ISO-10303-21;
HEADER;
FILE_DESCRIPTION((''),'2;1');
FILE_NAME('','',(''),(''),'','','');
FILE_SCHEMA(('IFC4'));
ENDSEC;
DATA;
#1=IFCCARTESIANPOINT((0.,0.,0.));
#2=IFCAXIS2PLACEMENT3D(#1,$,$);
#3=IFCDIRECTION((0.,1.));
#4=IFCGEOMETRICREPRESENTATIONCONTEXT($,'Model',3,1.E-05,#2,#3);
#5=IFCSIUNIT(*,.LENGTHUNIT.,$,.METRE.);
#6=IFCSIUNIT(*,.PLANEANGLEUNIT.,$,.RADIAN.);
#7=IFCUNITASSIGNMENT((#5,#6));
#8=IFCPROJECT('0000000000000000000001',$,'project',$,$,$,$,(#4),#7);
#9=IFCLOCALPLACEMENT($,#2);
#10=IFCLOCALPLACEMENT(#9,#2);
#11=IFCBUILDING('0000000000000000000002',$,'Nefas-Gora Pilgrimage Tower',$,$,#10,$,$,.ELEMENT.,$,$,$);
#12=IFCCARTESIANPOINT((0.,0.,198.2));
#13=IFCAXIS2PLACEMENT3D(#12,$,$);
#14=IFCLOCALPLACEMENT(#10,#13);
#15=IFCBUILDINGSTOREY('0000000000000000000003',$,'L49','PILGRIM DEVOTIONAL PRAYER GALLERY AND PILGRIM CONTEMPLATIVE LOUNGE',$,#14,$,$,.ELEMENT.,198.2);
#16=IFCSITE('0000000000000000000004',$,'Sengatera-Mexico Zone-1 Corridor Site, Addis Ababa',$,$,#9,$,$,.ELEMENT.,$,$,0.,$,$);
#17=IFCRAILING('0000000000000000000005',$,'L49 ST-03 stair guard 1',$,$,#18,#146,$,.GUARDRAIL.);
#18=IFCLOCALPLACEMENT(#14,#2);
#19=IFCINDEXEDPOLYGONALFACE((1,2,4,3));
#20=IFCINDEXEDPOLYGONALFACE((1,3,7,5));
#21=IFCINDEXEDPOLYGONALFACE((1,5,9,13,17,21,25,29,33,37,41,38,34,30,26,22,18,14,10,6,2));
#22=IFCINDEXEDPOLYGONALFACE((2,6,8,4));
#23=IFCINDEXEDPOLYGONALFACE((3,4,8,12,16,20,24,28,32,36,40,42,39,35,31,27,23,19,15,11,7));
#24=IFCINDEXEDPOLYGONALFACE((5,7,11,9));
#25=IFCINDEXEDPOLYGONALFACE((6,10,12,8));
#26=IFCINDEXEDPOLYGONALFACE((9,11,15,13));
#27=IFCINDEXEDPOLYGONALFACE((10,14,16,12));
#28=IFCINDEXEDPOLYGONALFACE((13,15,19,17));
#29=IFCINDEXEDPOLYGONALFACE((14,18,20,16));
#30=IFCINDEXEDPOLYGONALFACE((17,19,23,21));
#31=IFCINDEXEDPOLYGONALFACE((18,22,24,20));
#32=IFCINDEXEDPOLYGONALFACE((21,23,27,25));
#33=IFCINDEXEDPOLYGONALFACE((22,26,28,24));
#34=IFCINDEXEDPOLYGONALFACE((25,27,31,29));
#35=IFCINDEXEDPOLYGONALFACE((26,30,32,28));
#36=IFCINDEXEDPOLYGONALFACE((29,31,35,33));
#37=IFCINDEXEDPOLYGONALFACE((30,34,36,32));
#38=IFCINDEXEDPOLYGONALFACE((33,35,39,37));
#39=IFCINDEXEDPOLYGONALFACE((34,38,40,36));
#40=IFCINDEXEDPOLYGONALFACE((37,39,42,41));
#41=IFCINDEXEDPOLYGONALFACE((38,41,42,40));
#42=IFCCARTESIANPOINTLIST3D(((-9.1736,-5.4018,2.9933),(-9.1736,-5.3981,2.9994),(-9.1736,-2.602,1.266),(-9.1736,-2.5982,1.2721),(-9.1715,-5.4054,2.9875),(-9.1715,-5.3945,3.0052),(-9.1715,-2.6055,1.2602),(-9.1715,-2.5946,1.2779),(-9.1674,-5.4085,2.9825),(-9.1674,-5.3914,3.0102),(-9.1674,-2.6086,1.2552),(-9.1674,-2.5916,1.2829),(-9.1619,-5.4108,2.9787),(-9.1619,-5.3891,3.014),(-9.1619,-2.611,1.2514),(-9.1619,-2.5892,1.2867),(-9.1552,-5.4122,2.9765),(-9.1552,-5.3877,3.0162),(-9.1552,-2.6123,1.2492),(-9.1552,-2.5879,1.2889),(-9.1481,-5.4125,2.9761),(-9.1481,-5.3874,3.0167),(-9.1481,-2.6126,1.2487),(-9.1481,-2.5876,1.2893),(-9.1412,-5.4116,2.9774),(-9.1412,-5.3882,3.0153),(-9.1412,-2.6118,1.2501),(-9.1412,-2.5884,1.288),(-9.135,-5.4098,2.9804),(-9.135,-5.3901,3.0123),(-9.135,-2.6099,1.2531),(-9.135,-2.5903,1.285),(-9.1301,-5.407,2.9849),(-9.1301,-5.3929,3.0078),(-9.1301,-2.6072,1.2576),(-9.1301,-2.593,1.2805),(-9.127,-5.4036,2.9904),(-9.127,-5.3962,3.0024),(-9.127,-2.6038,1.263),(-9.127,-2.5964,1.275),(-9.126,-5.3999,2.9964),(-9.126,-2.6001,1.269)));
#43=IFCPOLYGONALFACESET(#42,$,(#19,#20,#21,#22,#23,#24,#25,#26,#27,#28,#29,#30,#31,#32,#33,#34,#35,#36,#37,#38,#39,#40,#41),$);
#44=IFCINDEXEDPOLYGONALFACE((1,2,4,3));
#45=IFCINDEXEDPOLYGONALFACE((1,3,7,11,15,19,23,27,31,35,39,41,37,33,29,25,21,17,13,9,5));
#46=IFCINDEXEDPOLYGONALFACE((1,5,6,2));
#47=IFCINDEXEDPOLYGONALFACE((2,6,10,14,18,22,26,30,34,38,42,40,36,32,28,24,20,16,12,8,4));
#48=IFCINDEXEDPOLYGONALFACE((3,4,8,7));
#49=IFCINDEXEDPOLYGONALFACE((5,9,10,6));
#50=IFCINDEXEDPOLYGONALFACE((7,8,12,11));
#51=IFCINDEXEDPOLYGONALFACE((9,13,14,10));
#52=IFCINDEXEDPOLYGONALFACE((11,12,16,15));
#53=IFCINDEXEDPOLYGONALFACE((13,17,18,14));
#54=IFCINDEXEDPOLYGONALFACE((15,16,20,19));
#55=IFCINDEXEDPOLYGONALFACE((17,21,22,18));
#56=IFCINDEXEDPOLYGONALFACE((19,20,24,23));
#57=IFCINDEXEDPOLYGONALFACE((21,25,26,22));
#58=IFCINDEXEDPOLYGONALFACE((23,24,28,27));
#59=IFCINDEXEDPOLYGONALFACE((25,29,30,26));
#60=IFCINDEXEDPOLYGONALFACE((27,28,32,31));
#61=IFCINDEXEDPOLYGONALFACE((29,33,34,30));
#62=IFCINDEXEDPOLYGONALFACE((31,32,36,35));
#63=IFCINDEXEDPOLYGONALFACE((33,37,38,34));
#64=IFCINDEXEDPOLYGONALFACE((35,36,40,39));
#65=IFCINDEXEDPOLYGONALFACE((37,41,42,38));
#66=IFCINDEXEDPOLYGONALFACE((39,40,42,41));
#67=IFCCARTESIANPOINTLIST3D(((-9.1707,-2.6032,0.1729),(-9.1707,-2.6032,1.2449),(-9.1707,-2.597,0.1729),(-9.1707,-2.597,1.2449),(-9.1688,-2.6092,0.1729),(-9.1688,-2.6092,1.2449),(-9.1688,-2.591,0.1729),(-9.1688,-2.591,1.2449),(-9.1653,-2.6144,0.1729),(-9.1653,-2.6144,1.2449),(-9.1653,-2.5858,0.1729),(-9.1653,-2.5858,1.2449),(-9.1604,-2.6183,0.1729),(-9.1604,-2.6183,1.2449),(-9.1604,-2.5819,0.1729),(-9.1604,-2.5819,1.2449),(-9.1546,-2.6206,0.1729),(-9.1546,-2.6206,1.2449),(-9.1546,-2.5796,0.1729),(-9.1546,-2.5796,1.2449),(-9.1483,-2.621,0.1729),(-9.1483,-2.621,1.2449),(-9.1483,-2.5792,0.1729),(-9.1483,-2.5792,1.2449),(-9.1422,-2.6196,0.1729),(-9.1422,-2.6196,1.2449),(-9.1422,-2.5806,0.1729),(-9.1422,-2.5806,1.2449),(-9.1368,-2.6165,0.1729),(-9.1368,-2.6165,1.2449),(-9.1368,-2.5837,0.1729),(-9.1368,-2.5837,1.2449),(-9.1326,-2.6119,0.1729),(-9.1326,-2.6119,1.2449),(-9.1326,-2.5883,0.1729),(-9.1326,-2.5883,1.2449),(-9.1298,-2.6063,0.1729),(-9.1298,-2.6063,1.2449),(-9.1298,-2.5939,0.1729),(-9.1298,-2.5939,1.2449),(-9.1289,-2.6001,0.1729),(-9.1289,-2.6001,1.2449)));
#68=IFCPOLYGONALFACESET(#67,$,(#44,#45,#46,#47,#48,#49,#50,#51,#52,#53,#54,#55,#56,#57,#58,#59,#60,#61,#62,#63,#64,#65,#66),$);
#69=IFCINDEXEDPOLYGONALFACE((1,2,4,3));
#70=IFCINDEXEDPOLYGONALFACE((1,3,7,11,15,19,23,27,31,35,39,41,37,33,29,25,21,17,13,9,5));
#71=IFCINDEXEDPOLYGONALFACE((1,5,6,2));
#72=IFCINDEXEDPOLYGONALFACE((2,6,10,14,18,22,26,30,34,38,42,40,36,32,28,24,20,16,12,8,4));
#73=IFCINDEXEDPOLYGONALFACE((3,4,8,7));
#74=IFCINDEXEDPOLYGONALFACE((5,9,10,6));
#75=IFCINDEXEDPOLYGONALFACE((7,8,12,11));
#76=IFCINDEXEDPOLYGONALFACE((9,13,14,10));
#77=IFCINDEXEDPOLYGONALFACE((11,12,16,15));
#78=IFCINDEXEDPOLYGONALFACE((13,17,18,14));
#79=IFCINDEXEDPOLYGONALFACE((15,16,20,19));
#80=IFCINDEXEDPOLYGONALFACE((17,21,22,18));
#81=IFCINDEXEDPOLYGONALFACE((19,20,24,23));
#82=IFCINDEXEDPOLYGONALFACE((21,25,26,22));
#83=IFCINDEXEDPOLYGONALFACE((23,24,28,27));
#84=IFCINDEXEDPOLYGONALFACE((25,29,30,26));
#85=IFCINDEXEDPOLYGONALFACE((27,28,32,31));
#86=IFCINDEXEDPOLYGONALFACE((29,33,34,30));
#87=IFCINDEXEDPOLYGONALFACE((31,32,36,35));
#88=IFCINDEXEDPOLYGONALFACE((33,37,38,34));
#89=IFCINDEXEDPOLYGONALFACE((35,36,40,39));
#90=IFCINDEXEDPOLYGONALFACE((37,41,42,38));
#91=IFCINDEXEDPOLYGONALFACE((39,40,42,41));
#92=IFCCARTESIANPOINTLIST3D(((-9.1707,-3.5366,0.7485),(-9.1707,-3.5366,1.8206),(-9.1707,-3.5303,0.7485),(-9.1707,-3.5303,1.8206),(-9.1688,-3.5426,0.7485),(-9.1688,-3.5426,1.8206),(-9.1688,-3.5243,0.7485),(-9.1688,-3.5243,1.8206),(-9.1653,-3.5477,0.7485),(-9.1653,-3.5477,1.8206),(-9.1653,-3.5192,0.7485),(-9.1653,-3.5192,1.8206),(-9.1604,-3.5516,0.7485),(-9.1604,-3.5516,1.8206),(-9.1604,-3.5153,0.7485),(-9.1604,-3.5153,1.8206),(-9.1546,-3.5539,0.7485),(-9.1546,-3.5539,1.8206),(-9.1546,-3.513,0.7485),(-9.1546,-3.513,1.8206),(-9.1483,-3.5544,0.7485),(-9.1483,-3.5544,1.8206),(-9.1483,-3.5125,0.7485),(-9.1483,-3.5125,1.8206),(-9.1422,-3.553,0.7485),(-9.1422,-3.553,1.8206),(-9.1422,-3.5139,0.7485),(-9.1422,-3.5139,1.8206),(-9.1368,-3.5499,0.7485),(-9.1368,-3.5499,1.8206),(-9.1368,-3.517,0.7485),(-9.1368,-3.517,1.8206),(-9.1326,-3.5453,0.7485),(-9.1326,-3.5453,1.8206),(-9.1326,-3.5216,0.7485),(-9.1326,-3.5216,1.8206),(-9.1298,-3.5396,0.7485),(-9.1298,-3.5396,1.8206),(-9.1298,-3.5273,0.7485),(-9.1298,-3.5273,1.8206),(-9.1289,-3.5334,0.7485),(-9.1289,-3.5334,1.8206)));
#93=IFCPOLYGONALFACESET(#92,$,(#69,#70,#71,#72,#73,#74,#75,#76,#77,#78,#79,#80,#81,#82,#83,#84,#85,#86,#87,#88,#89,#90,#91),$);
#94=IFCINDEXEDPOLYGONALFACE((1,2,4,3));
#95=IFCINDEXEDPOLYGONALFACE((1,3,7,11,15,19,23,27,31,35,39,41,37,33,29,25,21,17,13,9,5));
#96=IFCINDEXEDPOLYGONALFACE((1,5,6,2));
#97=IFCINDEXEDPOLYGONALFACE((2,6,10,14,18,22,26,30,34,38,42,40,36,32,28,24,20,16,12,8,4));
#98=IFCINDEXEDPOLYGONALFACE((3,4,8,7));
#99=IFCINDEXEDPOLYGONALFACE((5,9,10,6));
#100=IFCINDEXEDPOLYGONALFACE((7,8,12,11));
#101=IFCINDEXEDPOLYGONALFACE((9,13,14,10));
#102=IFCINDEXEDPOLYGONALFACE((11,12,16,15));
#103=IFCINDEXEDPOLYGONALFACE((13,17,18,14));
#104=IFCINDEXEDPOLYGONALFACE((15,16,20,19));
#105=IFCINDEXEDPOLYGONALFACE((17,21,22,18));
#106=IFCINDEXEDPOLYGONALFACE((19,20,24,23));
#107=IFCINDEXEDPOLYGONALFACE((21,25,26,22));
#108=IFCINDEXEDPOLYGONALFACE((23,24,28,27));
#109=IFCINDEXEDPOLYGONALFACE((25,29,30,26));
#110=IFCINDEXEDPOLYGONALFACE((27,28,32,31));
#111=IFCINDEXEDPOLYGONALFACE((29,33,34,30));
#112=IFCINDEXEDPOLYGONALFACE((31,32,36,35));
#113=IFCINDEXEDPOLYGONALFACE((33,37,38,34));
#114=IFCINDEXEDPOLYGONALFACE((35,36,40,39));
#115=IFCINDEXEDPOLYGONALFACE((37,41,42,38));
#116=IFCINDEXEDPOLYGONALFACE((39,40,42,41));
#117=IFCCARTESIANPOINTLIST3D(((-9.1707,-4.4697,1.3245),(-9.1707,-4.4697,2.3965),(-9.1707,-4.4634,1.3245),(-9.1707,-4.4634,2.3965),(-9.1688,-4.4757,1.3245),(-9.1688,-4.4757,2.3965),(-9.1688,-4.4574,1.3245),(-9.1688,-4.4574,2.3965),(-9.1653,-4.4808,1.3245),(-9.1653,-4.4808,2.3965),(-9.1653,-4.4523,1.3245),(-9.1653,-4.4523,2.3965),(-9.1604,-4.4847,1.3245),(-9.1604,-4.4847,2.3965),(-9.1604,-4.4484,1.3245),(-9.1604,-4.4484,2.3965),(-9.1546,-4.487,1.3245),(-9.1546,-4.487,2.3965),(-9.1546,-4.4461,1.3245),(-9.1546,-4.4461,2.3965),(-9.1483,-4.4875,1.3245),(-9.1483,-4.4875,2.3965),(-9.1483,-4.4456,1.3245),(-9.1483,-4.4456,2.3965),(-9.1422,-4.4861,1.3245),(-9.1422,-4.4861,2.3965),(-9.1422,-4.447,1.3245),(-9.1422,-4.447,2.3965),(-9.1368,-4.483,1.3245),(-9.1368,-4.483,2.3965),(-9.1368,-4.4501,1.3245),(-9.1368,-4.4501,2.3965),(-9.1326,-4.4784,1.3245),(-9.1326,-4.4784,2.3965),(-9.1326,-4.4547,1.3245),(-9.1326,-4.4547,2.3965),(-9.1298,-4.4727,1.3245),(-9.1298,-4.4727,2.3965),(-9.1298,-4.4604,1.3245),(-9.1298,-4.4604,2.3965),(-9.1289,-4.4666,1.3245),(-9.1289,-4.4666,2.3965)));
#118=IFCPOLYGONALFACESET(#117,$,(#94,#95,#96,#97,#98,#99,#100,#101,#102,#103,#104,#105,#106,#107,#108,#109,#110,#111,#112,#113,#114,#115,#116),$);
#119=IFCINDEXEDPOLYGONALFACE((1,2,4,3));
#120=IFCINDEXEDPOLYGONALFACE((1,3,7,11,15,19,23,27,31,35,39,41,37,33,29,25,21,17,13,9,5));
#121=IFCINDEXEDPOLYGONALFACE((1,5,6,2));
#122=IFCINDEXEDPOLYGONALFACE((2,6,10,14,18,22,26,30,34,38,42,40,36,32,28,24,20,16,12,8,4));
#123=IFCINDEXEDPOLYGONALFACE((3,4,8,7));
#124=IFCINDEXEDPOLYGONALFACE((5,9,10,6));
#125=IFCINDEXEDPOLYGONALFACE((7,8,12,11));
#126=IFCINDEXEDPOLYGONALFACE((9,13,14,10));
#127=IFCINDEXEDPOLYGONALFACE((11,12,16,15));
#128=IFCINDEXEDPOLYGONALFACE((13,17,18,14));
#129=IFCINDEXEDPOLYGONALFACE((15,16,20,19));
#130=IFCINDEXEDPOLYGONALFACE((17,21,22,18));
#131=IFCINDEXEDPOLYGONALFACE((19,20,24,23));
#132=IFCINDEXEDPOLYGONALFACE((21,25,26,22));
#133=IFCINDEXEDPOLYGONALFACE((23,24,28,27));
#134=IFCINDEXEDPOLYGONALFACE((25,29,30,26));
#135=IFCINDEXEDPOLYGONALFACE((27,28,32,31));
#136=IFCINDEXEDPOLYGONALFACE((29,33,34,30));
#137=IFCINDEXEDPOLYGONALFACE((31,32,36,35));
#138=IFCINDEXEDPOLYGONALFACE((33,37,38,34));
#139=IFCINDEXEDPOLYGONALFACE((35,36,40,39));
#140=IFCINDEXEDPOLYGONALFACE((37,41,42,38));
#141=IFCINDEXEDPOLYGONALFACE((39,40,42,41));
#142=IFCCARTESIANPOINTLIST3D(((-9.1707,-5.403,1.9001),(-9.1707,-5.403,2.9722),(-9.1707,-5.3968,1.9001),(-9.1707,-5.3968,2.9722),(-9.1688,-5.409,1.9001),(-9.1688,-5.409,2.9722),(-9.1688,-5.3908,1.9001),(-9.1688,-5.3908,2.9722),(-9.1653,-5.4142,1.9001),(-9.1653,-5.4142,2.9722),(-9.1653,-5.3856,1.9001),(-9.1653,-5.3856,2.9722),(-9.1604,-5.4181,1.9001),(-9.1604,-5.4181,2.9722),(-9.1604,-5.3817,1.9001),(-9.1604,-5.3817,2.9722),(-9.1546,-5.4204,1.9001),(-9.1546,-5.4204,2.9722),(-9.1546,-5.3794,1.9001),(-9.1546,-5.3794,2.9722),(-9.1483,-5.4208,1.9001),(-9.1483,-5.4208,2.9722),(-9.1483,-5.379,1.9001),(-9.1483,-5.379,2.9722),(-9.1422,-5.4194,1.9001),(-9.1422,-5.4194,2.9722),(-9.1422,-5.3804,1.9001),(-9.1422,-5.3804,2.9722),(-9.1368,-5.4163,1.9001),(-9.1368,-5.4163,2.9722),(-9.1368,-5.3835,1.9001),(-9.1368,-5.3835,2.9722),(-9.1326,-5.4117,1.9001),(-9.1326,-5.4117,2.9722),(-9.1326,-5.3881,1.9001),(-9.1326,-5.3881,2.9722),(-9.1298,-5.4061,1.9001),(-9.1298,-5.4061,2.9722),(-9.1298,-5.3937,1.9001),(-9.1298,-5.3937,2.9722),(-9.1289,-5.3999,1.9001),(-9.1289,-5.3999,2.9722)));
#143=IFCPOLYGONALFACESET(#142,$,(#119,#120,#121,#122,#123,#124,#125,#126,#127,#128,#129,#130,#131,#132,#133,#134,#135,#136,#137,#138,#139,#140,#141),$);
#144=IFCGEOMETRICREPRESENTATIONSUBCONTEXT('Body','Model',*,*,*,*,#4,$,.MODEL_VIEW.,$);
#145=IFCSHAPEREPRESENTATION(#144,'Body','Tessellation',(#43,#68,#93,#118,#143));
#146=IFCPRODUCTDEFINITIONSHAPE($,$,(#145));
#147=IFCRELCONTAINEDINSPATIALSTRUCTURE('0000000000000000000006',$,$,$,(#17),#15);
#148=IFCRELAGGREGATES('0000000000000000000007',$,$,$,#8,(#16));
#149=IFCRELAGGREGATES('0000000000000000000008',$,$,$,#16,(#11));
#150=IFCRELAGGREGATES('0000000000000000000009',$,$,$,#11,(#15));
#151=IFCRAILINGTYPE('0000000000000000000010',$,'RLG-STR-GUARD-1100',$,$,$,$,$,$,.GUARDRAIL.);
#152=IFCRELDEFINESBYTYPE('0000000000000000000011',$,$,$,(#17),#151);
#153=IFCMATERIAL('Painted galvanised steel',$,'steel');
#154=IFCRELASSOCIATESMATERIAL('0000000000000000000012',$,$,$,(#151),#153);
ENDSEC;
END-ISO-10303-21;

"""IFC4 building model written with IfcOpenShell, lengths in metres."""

from ifc_helpers import new_model, si_unit, direction, frame, origin, origin_2d, place, context, subcontext, project, spatial, circle, extrude, material, type_object, element, save


model = new_model("IFC4")

# Units and contexts
model_context = context("Model", 3, precision=1e-05, world=origin(), true_north=direction((0.0, 1.0)))
body_context = subcontext(model_context, "Body", "Model", "MODEL_VIEW")
ifc_project = project(units=[si_unit("LENGTHUNIT", "METRE"), si_unit("PLANEANGLEUNIT", "RADIAN")], contexts=[model_context])

# Site, building, storey
site_placement = place(None, origin())
site = spatial("IfcSite", under=ifc_project, at=site_placement, Name="Sengatera-Mexico Zone-1 Corridor Site, Addis Ababa", CompositionType="ELEMENT", RefElevation=0.0)
building_placement = place(site_placement, origin())
building = spatial("IfcBuilding", under=site, at=building_placement, Name="Nefas-Gora Pilgrimage Tower", CompositionType="ELEMENT")
storey_placement = place(building_placement, frame((0.0, 0.0, 198.2)))
storey = spatial("IfcBuildingStorey", under=building, at=storey_placement, Name="L49", Description="PILGRIM DEVOTIONAL PRAYER GALLERY AND PILGRIM CONTEMPLATIVE LOUNGE", CompositionType="ELEMENT", Elevation=198.2)

# Railing
ifc_material_1 = material(Name="Painted galvanised steel", Category="steel")
railing_type_1 = type_object("IfcRailingType", Name="RLG-STR-GUARD-1100", PredefinedType="GUARDRAIL", material=ifc_material_1)
railing_1_placement = place(storey_placement, frame((-9.1499, -2.6001, 0.1729)))
element("IfcRailing", 1, at=railing_1_placement, inside=storey, type_object=railing_type_1, Name="L49 ST-03 stair guard 1", PredefinedType="GUARDRAIL", context=body_context, shape_type="SweptSolid", body=[
    extrude(circle(Radius=0.0239, at=origin_2d()), frame((0.0, 0.0, 1.0962), z_axis=(0.0, -0.851069, 0.525054), x_axis=(1.0, 0.0, 0.0)), (0.0, 0.0, 1.0), 3.2898),
    extrude(circle(Radius=0.021, at=origin_2d()), origin(), (0.0, 0.0, 1.0), 1.072),
    extrude(circle(Radius=0.021, at=origin_2d()), frame((0.0, -0.9333, 0.5757)), (0.0, 0.0, 1.0), 1.072),
    extrude(circle(Radius=0.021, at=origin_2d()), frame((0.0, -1.8665, 1.1516)), (0.0, 0.0, 1.0), 1.072),
    extrude(circle(Radius=0.021, at=origin_2d()), frame((0.0, -2.7998, 1.7273)), (0.0, 0.0, 1.0), 1.072),
])

save(model, "model.ifc")
